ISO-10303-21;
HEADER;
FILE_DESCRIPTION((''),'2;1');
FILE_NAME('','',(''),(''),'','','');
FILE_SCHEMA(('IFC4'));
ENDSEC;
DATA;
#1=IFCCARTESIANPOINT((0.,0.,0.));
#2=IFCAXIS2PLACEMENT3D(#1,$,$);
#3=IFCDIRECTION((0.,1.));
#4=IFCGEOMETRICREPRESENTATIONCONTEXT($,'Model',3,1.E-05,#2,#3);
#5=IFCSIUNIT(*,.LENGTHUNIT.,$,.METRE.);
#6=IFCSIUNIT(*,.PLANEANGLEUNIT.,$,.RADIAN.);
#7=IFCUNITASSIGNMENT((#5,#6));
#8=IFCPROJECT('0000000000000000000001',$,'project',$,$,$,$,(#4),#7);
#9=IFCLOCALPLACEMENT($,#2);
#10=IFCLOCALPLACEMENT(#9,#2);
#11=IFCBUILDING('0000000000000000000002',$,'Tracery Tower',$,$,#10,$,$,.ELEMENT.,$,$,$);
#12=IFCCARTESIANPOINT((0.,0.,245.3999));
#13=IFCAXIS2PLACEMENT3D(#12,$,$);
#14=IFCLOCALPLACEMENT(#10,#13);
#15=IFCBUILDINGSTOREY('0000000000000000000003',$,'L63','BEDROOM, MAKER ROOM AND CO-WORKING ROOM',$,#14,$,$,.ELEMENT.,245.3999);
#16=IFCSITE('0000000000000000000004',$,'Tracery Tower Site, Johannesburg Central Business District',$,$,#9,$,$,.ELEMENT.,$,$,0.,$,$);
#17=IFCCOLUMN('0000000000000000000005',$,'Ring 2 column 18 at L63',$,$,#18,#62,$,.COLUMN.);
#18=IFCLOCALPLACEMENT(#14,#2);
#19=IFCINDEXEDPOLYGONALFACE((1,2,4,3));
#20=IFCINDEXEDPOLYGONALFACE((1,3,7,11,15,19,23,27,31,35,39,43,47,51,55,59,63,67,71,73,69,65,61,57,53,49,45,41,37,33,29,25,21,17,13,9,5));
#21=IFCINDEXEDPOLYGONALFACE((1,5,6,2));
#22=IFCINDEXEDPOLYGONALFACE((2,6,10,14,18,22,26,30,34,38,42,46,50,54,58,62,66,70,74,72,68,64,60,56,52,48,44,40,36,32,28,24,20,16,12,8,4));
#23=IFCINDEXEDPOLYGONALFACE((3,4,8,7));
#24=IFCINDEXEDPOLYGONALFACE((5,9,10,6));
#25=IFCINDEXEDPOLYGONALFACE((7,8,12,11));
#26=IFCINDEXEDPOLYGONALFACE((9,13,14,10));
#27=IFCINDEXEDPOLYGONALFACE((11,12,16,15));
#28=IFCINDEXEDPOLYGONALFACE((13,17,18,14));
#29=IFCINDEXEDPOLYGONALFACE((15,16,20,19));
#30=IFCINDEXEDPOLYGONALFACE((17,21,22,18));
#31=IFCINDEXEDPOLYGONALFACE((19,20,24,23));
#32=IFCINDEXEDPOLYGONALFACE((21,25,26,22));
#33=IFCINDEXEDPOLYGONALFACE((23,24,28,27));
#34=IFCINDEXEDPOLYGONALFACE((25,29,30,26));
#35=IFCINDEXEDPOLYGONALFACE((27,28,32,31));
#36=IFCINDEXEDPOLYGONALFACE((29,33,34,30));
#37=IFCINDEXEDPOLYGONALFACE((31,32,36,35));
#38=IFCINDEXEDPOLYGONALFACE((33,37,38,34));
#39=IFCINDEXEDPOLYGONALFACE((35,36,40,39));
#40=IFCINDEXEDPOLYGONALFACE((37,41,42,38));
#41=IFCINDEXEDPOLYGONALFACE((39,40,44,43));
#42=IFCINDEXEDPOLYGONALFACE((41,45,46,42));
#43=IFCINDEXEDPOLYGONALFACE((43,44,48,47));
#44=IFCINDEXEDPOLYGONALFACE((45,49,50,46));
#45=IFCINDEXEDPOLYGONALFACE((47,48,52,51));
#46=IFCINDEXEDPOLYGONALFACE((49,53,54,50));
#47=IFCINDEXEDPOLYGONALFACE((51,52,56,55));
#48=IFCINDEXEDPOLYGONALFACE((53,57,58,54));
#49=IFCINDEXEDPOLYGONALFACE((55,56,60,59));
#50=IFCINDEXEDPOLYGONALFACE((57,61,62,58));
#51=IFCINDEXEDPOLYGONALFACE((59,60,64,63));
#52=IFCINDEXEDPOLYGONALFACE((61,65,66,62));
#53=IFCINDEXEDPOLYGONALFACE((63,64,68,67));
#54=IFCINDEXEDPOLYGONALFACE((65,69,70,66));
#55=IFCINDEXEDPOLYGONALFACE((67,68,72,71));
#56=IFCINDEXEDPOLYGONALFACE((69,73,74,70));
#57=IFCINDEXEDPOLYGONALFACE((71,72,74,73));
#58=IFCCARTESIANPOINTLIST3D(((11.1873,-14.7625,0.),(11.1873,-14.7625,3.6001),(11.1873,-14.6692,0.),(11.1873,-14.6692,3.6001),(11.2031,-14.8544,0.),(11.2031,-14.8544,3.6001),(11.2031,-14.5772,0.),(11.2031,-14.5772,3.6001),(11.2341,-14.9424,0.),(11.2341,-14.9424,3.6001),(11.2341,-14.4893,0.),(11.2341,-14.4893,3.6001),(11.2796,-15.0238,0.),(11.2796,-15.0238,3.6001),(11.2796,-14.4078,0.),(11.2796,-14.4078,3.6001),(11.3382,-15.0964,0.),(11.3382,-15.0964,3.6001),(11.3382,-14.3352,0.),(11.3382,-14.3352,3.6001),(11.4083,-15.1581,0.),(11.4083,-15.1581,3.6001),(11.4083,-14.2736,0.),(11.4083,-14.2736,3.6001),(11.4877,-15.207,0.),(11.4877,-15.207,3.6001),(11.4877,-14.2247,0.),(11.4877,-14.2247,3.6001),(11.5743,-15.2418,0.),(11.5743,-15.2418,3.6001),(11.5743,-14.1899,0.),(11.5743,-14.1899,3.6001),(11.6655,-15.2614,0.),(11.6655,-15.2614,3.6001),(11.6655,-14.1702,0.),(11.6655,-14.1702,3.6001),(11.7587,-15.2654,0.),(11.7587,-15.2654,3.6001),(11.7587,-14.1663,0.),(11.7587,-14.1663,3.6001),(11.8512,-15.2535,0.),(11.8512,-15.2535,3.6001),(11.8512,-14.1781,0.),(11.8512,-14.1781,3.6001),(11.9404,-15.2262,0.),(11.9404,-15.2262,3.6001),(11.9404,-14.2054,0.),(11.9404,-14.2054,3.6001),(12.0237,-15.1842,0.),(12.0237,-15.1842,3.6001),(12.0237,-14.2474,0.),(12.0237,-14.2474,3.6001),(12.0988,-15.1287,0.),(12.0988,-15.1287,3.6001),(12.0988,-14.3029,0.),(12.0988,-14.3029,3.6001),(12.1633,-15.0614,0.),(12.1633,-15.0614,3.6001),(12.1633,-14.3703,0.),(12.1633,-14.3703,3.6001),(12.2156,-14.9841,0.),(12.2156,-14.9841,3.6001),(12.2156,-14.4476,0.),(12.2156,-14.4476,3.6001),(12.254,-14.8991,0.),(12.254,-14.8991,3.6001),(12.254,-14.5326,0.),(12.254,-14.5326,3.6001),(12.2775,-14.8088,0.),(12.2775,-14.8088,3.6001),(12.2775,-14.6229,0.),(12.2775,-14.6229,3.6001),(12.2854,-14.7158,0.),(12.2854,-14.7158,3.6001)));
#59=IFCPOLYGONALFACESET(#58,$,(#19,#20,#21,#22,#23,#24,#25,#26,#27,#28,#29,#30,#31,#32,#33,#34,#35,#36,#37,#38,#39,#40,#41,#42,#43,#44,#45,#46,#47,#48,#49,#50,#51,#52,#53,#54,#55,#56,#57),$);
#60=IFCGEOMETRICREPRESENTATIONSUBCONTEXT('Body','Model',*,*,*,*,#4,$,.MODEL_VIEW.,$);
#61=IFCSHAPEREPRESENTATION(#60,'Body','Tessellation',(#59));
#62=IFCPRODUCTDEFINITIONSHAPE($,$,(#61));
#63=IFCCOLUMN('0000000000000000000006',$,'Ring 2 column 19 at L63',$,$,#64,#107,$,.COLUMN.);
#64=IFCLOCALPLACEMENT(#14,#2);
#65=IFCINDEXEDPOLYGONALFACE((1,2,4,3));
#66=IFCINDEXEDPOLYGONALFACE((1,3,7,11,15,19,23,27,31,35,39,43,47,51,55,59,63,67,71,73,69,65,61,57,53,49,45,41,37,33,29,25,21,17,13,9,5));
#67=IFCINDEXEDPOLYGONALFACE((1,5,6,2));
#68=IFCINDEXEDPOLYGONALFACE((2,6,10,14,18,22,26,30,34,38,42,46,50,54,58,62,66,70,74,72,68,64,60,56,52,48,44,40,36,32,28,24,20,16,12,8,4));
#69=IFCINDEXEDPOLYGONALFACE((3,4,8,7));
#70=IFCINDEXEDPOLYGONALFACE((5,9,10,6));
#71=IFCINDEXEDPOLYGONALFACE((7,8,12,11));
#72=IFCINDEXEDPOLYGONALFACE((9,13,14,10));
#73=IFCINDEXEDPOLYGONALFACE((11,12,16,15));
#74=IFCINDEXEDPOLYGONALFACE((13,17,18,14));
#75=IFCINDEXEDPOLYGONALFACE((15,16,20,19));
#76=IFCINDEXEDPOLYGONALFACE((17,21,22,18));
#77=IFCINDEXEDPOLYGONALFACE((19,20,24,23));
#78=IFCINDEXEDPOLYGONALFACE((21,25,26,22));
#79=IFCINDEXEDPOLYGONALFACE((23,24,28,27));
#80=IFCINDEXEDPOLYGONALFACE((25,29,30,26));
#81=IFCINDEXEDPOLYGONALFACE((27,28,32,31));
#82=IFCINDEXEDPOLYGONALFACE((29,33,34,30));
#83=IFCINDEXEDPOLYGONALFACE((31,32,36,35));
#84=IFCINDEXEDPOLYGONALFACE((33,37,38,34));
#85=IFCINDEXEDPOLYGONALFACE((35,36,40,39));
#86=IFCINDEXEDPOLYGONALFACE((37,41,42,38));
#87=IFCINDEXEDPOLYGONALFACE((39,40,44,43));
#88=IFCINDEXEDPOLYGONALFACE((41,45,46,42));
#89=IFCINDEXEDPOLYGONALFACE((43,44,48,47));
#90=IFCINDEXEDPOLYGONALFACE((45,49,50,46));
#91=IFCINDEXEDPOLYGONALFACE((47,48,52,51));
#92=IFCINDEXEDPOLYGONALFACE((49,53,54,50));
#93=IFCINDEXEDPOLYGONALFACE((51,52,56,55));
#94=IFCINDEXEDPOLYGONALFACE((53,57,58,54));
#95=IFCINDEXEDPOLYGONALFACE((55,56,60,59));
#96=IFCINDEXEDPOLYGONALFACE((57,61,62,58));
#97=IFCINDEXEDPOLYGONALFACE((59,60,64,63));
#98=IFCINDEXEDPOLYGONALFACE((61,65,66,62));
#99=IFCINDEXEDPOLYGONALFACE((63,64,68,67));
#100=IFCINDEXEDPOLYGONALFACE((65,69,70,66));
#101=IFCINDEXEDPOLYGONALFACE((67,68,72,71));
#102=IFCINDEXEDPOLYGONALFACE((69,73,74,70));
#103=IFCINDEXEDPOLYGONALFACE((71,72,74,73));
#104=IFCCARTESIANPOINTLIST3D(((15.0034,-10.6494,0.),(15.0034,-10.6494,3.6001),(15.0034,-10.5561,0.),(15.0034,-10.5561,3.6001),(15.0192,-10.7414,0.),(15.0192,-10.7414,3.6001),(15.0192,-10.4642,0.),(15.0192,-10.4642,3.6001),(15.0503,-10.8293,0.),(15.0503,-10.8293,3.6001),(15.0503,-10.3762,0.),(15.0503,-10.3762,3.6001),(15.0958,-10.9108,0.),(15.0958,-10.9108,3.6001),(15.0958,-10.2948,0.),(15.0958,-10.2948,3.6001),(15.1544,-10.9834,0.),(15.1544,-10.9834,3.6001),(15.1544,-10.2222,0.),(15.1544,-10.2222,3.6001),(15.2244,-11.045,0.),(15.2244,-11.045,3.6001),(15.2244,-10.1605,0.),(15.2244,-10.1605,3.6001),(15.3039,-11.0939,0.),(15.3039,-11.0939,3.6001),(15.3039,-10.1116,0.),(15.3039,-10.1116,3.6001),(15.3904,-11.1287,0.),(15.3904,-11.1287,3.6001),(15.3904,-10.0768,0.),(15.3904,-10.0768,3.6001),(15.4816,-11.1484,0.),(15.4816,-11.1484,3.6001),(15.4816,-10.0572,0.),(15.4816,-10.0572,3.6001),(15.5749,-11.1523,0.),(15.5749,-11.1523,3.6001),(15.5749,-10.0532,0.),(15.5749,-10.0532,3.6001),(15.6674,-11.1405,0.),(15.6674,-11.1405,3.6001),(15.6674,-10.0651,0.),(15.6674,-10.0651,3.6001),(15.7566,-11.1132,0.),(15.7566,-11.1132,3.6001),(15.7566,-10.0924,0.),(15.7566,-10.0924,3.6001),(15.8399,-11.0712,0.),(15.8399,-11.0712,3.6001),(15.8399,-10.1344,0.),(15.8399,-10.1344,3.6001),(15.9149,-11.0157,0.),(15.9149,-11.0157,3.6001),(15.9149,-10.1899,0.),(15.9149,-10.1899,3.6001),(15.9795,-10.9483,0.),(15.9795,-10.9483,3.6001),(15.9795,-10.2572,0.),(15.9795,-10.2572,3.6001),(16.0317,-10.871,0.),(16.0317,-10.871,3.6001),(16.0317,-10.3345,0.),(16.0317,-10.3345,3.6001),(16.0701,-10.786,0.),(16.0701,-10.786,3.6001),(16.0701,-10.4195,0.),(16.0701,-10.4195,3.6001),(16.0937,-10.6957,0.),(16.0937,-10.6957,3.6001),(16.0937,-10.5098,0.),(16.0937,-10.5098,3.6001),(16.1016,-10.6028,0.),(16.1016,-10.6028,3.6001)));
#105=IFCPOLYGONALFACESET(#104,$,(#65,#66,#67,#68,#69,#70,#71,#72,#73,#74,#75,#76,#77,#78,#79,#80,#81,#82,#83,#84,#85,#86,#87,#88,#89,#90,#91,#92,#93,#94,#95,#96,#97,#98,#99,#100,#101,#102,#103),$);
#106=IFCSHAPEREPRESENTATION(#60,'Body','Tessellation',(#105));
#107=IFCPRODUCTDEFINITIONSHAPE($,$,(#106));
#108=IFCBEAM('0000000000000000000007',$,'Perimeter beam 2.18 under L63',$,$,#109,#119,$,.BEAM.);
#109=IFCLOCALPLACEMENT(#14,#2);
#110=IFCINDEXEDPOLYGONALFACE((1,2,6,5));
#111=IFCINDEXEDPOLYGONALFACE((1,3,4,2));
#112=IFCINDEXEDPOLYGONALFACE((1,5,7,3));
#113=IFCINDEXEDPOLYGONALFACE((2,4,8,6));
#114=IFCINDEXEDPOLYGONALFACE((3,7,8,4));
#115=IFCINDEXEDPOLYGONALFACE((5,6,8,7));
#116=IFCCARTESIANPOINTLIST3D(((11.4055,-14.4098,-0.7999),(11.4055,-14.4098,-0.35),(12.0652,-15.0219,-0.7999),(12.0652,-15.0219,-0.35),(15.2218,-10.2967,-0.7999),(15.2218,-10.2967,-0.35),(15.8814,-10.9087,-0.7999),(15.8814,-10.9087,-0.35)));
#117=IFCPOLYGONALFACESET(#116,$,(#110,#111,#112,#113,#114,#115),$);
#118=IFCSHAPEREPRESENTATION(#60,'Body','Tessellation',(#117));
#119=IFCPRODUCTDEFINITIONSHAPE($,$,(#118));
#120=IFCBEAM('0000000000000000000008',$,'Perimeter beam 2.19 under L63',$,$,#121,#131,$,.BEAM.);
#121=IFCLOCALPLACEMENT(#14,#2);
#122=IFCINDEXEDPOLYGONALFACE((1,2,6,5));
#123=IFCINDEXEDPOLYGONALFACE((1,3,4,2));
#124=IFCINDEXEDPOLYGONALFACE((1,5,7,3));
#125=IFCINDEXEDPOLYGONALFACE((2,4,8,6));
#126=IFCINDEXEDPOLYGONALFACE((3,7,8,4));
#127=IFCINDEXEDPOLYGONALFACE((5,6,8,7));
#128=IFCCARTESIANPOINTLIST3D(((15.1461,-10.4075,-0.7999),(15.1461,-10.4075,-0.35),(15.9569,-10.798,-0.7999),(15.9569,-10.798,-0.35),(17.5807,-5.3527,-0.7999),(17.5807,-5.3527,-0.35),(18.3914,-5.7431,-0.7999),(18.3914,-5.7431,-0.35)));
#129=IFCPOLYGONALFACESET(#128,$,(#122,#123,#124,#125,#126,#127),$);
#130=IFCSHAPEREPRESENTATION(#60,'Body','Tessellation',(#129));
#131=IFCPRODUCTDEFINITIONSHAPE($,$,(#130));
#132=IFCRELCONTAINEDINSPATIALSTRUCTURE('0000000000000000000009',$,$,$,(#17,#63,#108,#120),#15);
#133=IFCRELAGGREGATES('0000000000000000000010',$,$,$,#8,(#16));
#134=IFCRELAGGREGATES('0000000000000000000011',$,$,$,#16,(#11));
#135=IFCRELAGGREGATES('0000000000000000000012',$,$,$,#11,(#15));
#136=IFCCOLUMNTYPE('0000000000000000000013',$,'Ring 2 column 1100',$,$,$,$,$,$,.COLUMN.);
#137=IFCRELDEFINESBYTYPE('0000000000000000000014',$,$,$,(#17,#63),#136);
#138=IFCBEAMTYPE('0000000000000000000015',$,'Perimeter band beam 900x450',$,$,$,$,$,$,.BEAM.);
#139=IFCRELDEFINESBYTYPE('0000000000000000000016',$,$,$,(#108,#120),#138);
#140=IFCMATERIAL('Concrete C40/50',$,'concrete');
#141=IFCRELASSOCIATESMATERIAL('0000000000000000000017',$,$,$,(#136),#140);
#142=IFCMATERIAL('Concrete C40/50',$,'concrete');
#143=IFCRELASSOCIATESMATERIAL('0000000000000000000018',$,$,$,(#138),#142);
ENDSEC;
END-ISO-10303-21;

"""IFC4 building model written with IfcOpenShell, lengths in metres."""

from ifc_helpers import new_model, si_unit, direction, frame, origin, origin_2d, place, context, subcontext, project, spatial, rectangle, circle, extrude, material, material_profile, profile_set, type_object, element, save


model = new_model("IFC4")

# Units and contexts
model_context = context("Model", 3, precision=1e-05, world=origin(), true_north=direction((0.0, 1.0)))
body_context = subcontext(model_context, "Body", "Model", "MODEL_VIEW")
ifc_project = project(units=[si_unit("LENGTHUNIT", "METRE"), si_unit("PLANEANGLEUNIT", "RADIAN")], contexts=[model_context])

# Site, building, storey
site_placement = place(None, origin())
site = spatial("IfcSite", under=ifc_project, at=site_placement, Name="Tracery Tower Site, Johannesburg Central Business District", CompositionType="ELEMENT", RefElevation=0.0)
building_placement = place(site_placement, origin())
building = spatial("IfcBuilding", under=site, at=building_placement, Name="Tracery Tower", CompositionType="ELEMENT")
storey_placement = place(building_placement, frame((0.0, 0.0, 245.3999)))
storey = spatial("IfcBuildingStorey", under=building, at=storey_placement, Name="L63", Description="BEDROOM, MAKER ROOM AND CO-WORKING ROOM", CompositionType="ELEMENT", Elevation=245.3999)

# Columns
ifc_material_1 = material(Name="Concrete C40/50", Category="concrete")
ifc_material_profile_1 = material_profile(ifc_material_1, circle(Radius=0.55, at=origin_2d()), Name="RC D1100")
ifc_profile_set_1 = profile_set([ifc_material_profile_1], Name="Concrete C40/50")
column_type = type_object("IfcColumnType", Name="Ring 2 column 1100", PredefinedType="COLUMN", material=ifc_profile_set_1)
for number, where, z_axis, x_axis, name in (
    (1, (11.7354, -14.7158, 0.0), (0.0, 0.0, 1.0), (1.0, 0.0, 0.0), "Ring 2 column 18 at L63"),
    (2, (15.5515, -10.6028, 0.0), (0.0, 0.0, 1.0), (1.0, 0.0, 0.0), "Ring 2 column 19 at L63"),
):
    element("IfcColumn", number, at=place(storey_placement, frame(where, z_axis=z_axis, x_axis=x_axis)), inside=storey, type_object=column_type, Name=name, PredefinedType="COLUMN", context=body_context, shape_type="SweptSolid", body=[
        extrude(circle(Radius=0.55, at=origin_2d()), origin(), (0.0, 0.0, 1.0), 3.6001),
    ])

# Beams
ifc_material_2 = material(Name="Concrete C40/50", Category="concrete")
ifc_material_profile_2 = material_profile(ifc_material_2, rectangle(XDim=0.8999, YDim=0.45, at=origin_2d()), Name="RC 900x450")
ifc_profile_set_2 = profile_set([ifc_material_profile_2], Name="Concrete C40/50")
beam_type = type_object("IfcBeamType", Name="Perimeter band beam 900x450", PredefinedType="BEAM", material=ifc_profile_set_2)
beam_1_placement = place(storey_placement, frame((11.7354, -14.7158, -0.575), z_axis=(0.680156, 0.733068, 0.0), x_axis=(-0.733068, 0.680156, 0.0)))
element("IfcBeam", 3, at=beam_1_placement, inside=storey, type_object=beam_type, Name="Perimeter beam 2.18 under L63", PredefinedType="BEAM", context=body_context, shape_type="SweptSolid", body=[
    extrude(rectangle(XDim=0.8999, YDim=0.45, at=origin_2d()), origin(), (0.0, 0.0, 1.0), 5.6108),
])
beam_2_placement = place(storey_placement, frame((15.5515, -10.6028, -0.575), z_axis=(0.433919, 0.900952, 0.0), x_axis=(-0.900952, 0.433919, 0.0)))
element("IfcBeam", 4, at=beam_2_placement, inside=storey, type_object=beam_type, Name="Perimeter beam 2.19 under L63", PredefinedType="BEAM", context=body_context, shape_type="SweptSolid", body=[
    extrude(rectangle(XDim=0.8999, YDim=0.45, at=origin_2d()), origin(), (0.0, 0.0, 1.0), 5.6106),
])

save(model, "model.ifc")
